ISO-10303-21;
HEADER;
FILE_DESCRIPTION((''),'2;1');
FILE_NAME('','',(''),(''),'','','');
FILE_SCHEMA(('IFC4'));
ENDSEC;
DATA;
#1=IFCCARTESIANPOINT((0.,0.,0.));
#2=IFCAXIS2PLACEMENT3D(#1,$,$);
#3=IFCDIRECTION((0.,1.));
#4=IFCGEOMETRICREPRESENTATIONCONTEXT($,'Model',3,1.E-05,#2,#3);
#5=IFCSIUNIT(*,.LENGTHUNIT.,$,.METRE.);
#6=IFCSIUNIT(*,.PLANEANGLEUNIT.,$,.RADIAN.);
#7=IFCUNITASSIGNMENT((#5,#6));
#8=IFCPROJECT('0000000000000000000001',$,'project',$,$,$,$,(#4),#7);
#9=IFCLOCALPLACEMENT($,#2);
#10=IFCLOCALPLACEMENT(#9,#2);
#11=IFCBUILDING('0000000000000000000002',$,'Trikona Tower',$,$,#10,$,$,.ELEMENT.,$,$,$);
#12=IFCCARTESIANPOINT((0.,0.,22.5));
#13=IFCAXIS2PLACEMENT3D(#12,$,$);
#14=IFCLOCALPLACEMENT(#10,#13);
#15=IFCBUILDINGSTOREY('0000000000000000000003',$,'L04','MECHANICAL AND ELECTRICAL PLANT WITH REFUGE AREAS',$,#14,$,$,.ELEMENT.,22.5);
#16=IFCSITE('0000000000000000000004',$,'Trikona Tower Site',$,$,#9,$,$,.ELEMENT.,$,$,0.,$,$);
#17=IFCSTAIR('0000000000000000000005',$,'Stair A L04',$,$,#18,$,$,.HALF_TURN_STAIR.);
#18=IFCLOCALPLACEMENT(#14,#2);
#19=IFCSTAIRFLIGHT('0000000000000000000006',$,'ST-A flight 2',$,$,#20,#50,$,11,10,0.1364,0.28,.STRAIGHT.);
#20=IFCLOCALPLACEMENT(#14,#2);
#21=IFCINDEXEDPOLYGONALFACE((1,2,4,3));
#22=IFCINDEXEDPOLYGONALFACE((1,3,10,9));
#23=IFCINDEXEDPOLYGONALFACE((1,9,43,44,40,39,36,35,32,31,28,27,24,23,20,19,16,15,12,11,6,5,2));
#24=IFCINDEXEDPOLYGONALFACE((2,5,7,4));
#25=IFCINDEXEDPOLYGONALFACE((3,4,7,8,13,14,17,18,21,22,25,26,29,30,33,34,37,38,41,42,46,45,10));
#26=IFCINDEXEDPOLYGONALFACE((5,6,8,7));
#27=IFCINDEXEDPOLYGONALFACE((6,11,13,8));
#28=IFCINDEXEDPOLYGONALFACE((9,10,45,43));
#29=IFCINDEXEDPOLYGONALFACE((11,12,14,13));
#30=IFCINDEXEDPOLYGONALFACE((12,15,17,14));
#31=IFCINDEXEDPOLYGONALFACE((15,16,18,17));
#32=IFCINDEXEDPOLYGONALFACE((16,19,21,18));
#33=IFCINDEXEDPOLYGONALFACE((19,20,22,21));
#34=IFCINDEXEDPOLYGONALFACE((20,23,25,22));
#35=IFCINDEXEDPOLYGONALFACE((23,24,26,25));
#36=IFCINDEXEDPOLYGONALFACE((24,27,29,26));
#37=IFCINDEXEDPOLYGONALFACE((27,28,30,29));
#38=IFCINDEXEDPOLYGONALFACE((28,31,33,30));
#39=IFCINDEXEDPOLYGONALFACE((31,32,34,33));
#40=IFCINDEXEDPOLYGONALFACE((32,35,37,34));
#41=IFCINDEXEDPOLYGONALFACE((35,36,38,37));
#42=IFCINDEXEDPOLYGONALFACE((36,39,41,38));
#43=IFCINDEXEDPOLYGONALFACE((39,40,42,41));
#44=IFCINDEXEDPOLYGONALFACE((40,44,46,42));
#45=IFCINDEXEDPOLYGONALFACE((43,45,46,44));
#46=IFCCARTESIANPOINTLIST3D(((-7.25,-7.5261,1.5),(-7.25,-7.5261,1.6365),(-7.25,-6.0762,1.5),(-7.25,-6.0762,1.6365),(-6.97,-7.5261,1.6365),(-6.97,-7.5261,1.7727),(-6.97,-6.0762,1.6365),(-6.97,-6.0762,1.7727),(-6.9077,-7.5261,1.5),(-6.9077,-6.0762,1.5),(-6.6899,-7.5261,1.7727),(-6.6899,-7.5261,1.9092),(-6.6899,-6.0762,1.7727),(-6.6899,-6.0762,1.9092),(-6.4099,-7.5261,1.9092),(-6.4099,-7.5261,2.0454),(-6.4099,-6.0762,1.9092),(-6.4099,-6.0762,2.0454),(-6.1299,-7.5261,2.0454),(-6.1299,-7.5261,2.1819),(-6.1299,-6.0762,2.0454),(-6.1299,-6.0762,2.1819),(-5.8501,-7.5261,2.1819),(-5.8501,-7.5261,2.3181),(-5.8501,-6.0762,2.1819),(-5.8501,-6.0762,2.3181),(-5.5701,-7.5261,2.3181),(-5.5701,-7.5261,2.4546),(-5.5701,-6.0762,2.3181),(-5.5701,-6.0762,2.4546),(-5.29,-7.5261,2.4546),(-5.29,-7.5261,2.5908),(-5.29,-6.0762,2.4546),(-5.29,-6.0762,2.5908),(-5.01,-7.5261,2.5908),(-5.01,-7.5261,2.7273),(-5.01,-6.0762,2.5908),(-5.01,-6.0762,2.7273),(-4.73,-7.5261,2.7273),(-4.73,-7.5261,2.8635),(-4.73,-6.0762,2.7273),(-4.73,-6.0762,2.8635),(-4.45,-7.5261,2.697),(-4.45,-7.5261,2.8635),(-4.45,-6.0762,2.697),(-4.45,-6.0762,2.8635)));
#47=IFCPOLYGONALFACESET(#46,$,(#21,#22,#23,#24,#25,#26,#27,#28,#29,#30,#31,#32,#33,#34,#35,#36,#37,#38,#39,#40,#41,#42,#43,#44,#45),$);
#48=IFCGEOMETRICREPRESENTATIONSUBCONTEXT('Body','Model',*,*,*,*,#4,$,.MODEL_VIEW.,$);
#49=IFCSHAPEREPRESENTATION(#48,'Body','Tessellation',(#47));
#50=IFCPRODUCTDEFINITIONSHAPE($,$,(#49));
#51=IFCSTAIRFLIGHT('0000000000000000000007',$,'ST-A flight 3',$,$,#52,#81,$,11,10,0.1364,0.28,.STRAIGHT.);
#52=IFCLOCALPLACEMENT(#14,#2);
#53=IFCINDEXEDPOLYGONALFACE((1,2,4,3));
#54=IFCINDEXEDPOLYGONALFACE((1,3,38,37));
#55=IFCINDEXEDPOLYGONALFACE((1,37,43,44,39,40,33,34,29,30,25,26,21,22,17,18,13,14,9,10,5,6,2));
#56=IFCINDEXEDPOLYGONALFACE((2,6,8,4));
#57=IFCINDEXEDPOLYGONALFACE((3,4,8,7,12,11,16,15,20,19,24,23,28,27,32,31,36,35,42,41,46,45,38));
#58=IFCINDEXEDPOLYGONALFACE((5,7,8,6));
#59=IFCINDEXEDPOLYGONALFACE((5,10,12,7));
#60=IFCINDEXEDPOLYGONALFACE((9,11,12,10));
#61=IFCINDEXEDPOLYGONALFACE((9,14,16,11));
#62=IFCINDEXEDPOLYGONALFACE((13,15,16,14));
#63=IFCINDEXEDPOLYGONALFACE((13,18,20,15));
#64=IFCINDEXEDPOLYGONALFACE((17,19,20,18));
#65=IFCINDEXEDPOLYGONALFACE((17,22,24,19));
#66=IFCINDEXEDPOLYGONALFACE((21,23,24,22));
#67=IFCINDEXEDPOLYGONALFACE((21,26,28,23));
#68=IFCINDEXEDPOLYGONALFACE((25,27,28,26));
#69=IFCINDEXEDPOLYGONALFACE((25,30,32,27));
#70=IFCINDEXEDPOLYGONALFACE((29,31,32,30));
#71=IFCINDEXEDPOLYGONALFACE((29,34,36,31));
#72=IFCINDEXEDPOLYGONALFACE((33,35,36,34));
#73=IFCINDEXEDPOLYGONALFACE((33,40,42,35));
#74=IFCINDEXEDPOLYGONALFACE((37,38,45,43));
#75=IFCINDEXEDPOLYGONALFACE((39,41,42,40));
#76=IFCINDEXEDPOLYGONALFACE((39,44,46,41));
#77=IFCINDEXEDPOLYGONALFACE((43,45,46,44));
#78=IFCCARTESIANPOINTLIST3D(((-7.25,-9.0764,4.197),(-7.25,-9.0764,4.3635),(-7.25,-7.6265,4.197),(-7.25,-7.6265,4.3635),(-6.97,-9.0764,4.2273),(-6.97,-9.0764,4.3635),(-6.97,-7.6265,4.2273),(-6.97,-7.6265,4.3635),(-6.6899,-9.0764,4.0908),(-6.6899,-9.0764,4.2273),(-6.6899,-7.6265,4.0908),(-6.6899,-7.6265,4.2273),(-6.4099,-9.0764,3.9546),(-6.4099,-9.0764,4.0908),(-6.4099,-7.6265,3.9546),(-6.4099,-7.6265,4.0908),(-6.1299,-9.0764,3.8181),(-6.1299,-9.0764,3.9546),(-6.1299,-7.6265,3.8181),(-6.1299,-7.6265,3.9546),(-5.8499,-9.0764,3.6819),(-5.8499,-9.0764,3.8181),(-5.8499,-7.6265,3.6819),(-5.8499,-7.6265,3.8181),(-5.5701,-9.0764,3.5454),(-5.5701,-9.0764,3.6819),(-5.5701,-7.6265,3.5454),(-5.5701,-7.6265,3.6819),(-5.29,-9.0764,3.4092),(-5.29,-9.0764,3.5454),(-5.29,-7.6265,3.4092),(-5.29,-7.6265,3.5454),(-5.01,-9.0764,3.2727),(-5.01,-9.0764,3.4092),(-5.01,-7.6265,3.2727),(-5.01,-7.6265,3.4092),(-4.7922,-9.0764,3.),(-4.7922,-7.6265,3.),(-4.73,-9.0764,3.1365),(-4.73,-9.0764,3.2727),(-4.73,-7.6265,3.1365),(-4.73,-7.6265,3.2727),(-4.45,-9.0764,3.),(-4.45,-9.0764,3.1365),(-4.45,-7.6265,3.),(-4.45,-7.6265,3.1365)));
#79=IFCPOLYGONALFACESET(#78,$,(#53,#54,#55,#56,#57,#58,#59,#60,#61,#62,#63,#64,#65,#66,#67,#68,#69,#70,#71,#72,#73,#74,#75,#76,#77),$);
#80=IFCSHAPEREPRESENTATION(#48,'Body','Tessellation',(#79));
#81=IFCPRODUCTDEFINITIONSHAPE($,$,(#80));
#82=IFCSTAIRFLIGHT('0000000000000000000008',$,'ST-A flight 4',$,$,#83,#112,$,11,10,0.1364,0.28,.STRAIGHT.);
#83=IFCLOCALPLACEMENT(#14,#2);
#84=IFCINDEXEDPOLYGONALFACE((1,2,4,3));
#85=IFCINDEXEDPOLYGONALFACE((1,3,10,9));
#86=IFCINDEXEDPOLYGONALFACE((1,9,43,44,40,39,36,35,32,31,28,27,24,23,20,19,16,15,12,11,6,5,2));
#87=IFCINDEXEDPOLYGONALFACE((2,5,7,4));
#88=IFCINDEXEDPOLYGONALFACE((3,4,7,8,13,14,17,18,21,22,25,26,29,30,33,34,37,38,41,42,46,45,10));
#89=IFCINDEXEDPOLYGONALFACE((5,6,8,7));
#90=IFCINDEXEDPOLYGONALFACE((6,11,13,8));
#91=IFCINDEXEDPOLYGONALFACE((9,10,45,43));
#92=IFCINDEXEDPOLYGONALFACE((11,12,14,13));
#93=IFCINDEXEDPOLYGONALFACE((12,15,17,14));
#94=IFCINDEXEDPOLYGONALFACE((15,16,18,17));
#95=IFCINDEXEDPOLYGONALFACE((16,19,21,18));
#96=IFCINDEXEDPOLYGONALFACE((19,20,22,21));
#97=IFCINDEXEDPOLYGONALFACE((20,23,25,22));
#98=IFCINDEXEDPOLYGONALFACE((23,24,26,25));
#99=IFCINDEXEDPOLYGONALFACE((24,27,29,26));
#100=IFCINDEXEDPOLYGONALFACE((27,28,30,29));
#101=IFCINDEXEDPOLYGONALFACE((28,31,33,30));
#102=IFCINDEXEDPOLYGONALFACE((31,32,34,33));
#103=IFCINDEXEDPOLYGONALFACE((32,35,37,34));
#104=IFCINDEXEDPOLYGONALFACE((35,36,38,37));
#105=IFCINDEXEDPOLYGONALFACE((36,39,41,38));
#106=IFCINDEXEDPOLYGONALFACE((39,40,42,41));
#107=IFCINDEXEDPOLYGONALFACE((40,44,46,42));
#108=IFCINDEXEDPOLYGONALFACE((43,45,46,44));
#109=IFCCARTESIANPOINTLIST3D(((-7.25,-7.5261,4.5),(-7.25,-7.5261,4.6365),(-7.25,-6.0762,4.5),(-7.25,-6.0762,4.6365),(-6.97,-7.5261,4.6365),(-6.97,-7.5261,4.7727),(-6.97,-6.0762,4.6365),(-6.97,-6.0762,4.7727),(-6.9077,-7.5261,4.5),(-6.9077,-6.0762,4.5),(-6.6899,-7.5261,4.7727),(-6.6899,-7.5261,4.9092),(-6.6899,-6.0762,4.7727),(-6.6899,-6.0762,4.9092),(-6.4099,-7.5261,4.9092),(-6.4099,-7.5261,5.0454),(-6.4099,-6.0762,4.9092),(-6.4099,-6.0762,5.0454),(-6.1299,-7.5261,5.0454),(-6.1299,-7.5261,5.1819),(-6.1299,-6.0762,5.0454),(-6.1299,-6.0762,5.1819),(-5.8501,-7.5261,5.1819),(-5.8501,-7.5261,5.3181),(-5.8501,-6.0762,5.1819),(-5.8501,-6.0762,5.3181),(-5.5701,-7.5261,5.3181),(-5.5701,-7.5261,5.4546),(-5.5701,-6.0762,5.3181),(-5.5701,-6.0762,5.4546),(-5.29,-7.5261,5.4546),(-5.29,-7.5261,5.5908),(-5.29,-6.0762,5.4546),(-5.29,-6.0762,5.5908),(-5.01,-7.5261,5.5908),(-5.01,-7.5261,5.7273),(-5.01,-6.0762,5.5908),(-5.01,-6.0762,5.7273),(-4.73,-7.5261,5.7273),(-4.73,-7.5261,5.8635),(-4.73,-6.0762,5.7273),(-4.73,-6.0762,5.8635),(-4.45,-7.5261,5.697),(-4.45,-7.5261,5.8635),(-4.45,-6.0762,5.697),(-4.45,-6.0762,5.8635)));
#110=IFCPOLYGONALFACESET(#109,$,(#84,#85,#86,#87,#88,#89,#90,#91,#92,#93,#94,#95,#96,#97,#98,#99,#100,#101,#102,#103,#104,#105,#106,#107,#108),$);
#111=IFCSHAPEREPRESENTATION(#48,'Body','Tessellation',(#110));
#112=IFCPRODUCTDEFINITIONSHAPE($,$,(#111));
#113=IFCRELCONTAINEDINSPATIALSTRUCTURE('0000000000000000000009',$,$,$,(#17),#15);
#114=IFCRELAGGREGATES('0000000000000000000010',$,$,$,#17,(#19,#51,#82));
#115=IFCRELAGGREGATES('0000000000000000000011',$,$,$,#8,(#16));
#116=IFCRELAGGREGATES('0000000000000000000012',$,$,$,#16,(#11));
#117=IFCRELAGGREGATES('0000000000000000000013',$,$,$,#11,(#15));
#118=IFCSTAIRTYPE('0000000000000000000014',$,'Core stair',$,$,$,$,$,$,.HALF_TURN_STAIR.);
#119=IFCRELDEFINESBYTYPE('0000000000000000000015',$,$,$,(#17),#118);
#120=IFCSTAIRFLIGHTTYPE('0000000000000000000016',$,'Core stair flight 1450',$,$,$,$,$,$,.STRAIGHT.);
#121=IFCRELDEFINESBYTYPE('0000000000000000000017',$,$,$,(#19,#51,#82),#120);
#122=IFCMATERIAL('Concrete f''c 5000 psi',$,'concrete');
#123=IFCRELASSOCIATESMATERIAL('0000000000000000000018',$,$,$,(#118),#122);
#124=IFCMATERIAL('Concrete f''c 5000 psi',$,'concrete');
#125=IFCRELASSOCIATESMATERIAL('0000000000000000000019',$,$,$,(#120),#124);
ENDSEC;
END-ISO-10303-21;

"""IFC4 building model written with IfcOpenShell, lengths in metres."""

from ifc_helpers import new_model, si_unit, direction, frame, origin, place, context, subcontext, project, spatial, polyline, outline, extrude, material, type_object, element, aggregate, save


model = new_model("IFC4")

# Units and contexts
model_context = context("Model", 3, precision=1e-05, world=origin(), true_north=direction((0.0, 1.0)))
body_context = subcontext(model_context, "Body", "Model", "MODEL_VIEW")
ifc_project = project(units=[si_unit("LENGTHUNIT", "METRE"), si_unit("PLANEANGLEUNIT", "RADIAN")], contexts=[model_context])

# Site, building, storey
site_placement = place(None, origin())
site = spatial("IfcSite", under=ifc_project, at=site_placement, Name="Trikona Tower Site", CompositionType="ELEMENT", RefElevation=0.0)
building_placement = place(site_placement, origin())
building = spatial("IfcBuilding", under=site, at=building_placement, Name="Trikona Tower", CompositionType="ELEMENT")
storey_placement = place(building_placement, frame((0.0, 0.0, 22.5)))
storey = spatial("IfcBuildingStorey", under=building, at=storey_placement, Name="L04", Description="MECHANICAL AND ELECTRICAL PLANT WITH REFUGE AREAS", CompositionType="ELEMENT", Elevation=22.5)

# Stair, stair flights
ifc_material_1 = material(Name="Concrete f'c 5000 psi", Category="concrete")
stair_type = type_object("IfcStairType", Name="Core stair", PredefinedType="HALF_TURN_STAIR", material=ifc_material_1)
stair_placement = place(storey_placement, origin())
stair = element("IfcStair", 1, at=stair_placement, inside=storey, type_object=stair_type, Name="Stair A L04", PredefinedType="HALF_TURN_STAIR")
ifc_material_2 = material(Name="Concrete f'c 5000 psi", Category="concrete")
stair_flight_type = type_object("IfcStairFlightType", Name="Core stair flight 1450", PredefinedType="STRAIGHT", material=ifc_material_2)
stair_flight_1_placement = place(storey_placement, frame((-7.25, -6.8013, 1.5), z_axis=(0.0, 0.0, 1.0), x_axis=(1.0, 0.0, 0.0)))
stair_flight_1 = element("IfcStairFlight", 2, at=stair_flight_1_placement, type_object=stair_flight_type, Name="ST-A flight 2", NumberOfRisers=11, NumberOfTreads=10, PredefinedType="STRAIGHT", RiserHeight=0.1364, TreadLength=0.28, context=body_context, shape_type="SweptSolid", body=[
    extrude(outline(polyline([(0.0, 0.0), (0.0, 0.1365), (0.28, 0.1365), (0.28, 0.2727), (0.5601, 0.2727), (0.5601, 0.4092), (0.8401, 0.4092), (0.8401, 0.5454), (1.1201, 0.5454), (1.1201, 0.6819), (1.3999, 0.6819), (1.3999, 0.8181), (1.6799, 0.8181), (1.6799, 0.9546), (1.96, 0.9546), (1.96, 1.0908), (2.24, 1.0908), (2.24, 1.2273), (2.52, 1.2273), (2.52, 1.3635), (2.8, 1.3635), (2.8, 1.5), (2.8, 1.197), (0.3423, 0.0), (0.0, 0.0)])), frame((0.0, 0.7251, 0.0), z_axis=(0.0, -1.0, 0.0), x_axis=(1.0, 0.0, 0.0)), (0.0, 0.0, 1.0), 1.45),
])
stair_flight_2_placement = place(storey_placement, frame((-4.45, -8.3513, 3.0), z_axis=(0.0, 0.0, 1.0), x_axis=(-1.0, 0.0, 0.0)))
stair_flight_2 = element("IfcStairFlight", 3, at=stair_flight_2_placement, type_object=stair_flight_type, Name="ST-A flight 3", NumberOfRisers=11, NumberOfTreads=10, PredefinedType="STRAIGHT", RiserHeight=0.1364, TreadLength=0.28, context=body_context, shape_type="SweptSolid", body=[
    extrude(outline(polyline([(0.0, 0.0), (0.0, 0.1365), (0.28, 0.1365), (0.28, 0.2727), (0.5601, 0.2727), (0.5601, 0.4092), (0.8401, 0.4092), (0.8401, 0.5454), (1.1201, 0.5454), (1.1201, 0.6819), (1.3999, 0.6819), (1.3999, 0.8181), (1.6799, 0.8181), (1.6799, 0.9546), (1.96, 0.9546), (1.96, 1.0908), (2.24, 1.0908), (2.24, 1.2273), (2.52, 1.2273), (2.52, 1.3635), (2.8, 1.3635), (2.8, 1.5), (2.8, 1.197), (0.3423, 0.0), (0.0, 0.0)])), frame((0.0, 0.7251, 0.0), z_axis=(0.0, -1.0, 0.0), x_axis=(1.0, 0.0, 0.0)), (0.0, 0.0, 1.0), 1.45),
])
stair_flight_3_placement = place(storey_placement, frame((-7.25, -6.8013, 4.5), z_axis=(0.0, 0.0, 1.0), x_axis=(1.0, 0.0, 0.0)))
stair_flight_3 = element("IfcStairFlight", 4, at=stair_flight_3_placement, type_object=stair_flight_type, Name="ST-A flight 4", NumberOfRisers=11, NumberOfTreads=10, PredefinedType="STRAIGHT", RiserHeight=0.1364, TreadLength=0.28, context=body_context, shape_type="SweptSolid", body=[
    extrude(outline(polyline([(0.0, 0.0), (0.0, 0.1365), (0.28, 0.1365), (0.28, 0.2727), (0.5601, 0.2727), (0.5601, 0.4092), (0.8401, 0.4092), (0.8401, 0.5454), (1.1201, 0.5454), (1.1201, 0.6819), (1.3999, 0.6819), (1.3999, 0.8181), (1.6799, 0.8181), (1.6799, 0.9546), (1.96, 0.9546), (1.96, 1.0908), (2.24, 1.0908), (2.24, 1.2273), (2.52, 1.2273), (2.52, 1.3635), (2.8, 1.3635), (2.8, 1.5), (2.8, 1.197), (0.3423, 0.0), (0.0, 0.0)])), frame((0.0, 0.7251, 0.0), z_axis=(0.0, -1.0, 0.0), x_axis=(1.0, 0.0, 0.0)), (0.0, 0.0, 1.0), 1.45),
])
aggregate(stair, [stair_flight_1, stair_flight_2, stair_flight_3])

save(model, "model.ifc")
